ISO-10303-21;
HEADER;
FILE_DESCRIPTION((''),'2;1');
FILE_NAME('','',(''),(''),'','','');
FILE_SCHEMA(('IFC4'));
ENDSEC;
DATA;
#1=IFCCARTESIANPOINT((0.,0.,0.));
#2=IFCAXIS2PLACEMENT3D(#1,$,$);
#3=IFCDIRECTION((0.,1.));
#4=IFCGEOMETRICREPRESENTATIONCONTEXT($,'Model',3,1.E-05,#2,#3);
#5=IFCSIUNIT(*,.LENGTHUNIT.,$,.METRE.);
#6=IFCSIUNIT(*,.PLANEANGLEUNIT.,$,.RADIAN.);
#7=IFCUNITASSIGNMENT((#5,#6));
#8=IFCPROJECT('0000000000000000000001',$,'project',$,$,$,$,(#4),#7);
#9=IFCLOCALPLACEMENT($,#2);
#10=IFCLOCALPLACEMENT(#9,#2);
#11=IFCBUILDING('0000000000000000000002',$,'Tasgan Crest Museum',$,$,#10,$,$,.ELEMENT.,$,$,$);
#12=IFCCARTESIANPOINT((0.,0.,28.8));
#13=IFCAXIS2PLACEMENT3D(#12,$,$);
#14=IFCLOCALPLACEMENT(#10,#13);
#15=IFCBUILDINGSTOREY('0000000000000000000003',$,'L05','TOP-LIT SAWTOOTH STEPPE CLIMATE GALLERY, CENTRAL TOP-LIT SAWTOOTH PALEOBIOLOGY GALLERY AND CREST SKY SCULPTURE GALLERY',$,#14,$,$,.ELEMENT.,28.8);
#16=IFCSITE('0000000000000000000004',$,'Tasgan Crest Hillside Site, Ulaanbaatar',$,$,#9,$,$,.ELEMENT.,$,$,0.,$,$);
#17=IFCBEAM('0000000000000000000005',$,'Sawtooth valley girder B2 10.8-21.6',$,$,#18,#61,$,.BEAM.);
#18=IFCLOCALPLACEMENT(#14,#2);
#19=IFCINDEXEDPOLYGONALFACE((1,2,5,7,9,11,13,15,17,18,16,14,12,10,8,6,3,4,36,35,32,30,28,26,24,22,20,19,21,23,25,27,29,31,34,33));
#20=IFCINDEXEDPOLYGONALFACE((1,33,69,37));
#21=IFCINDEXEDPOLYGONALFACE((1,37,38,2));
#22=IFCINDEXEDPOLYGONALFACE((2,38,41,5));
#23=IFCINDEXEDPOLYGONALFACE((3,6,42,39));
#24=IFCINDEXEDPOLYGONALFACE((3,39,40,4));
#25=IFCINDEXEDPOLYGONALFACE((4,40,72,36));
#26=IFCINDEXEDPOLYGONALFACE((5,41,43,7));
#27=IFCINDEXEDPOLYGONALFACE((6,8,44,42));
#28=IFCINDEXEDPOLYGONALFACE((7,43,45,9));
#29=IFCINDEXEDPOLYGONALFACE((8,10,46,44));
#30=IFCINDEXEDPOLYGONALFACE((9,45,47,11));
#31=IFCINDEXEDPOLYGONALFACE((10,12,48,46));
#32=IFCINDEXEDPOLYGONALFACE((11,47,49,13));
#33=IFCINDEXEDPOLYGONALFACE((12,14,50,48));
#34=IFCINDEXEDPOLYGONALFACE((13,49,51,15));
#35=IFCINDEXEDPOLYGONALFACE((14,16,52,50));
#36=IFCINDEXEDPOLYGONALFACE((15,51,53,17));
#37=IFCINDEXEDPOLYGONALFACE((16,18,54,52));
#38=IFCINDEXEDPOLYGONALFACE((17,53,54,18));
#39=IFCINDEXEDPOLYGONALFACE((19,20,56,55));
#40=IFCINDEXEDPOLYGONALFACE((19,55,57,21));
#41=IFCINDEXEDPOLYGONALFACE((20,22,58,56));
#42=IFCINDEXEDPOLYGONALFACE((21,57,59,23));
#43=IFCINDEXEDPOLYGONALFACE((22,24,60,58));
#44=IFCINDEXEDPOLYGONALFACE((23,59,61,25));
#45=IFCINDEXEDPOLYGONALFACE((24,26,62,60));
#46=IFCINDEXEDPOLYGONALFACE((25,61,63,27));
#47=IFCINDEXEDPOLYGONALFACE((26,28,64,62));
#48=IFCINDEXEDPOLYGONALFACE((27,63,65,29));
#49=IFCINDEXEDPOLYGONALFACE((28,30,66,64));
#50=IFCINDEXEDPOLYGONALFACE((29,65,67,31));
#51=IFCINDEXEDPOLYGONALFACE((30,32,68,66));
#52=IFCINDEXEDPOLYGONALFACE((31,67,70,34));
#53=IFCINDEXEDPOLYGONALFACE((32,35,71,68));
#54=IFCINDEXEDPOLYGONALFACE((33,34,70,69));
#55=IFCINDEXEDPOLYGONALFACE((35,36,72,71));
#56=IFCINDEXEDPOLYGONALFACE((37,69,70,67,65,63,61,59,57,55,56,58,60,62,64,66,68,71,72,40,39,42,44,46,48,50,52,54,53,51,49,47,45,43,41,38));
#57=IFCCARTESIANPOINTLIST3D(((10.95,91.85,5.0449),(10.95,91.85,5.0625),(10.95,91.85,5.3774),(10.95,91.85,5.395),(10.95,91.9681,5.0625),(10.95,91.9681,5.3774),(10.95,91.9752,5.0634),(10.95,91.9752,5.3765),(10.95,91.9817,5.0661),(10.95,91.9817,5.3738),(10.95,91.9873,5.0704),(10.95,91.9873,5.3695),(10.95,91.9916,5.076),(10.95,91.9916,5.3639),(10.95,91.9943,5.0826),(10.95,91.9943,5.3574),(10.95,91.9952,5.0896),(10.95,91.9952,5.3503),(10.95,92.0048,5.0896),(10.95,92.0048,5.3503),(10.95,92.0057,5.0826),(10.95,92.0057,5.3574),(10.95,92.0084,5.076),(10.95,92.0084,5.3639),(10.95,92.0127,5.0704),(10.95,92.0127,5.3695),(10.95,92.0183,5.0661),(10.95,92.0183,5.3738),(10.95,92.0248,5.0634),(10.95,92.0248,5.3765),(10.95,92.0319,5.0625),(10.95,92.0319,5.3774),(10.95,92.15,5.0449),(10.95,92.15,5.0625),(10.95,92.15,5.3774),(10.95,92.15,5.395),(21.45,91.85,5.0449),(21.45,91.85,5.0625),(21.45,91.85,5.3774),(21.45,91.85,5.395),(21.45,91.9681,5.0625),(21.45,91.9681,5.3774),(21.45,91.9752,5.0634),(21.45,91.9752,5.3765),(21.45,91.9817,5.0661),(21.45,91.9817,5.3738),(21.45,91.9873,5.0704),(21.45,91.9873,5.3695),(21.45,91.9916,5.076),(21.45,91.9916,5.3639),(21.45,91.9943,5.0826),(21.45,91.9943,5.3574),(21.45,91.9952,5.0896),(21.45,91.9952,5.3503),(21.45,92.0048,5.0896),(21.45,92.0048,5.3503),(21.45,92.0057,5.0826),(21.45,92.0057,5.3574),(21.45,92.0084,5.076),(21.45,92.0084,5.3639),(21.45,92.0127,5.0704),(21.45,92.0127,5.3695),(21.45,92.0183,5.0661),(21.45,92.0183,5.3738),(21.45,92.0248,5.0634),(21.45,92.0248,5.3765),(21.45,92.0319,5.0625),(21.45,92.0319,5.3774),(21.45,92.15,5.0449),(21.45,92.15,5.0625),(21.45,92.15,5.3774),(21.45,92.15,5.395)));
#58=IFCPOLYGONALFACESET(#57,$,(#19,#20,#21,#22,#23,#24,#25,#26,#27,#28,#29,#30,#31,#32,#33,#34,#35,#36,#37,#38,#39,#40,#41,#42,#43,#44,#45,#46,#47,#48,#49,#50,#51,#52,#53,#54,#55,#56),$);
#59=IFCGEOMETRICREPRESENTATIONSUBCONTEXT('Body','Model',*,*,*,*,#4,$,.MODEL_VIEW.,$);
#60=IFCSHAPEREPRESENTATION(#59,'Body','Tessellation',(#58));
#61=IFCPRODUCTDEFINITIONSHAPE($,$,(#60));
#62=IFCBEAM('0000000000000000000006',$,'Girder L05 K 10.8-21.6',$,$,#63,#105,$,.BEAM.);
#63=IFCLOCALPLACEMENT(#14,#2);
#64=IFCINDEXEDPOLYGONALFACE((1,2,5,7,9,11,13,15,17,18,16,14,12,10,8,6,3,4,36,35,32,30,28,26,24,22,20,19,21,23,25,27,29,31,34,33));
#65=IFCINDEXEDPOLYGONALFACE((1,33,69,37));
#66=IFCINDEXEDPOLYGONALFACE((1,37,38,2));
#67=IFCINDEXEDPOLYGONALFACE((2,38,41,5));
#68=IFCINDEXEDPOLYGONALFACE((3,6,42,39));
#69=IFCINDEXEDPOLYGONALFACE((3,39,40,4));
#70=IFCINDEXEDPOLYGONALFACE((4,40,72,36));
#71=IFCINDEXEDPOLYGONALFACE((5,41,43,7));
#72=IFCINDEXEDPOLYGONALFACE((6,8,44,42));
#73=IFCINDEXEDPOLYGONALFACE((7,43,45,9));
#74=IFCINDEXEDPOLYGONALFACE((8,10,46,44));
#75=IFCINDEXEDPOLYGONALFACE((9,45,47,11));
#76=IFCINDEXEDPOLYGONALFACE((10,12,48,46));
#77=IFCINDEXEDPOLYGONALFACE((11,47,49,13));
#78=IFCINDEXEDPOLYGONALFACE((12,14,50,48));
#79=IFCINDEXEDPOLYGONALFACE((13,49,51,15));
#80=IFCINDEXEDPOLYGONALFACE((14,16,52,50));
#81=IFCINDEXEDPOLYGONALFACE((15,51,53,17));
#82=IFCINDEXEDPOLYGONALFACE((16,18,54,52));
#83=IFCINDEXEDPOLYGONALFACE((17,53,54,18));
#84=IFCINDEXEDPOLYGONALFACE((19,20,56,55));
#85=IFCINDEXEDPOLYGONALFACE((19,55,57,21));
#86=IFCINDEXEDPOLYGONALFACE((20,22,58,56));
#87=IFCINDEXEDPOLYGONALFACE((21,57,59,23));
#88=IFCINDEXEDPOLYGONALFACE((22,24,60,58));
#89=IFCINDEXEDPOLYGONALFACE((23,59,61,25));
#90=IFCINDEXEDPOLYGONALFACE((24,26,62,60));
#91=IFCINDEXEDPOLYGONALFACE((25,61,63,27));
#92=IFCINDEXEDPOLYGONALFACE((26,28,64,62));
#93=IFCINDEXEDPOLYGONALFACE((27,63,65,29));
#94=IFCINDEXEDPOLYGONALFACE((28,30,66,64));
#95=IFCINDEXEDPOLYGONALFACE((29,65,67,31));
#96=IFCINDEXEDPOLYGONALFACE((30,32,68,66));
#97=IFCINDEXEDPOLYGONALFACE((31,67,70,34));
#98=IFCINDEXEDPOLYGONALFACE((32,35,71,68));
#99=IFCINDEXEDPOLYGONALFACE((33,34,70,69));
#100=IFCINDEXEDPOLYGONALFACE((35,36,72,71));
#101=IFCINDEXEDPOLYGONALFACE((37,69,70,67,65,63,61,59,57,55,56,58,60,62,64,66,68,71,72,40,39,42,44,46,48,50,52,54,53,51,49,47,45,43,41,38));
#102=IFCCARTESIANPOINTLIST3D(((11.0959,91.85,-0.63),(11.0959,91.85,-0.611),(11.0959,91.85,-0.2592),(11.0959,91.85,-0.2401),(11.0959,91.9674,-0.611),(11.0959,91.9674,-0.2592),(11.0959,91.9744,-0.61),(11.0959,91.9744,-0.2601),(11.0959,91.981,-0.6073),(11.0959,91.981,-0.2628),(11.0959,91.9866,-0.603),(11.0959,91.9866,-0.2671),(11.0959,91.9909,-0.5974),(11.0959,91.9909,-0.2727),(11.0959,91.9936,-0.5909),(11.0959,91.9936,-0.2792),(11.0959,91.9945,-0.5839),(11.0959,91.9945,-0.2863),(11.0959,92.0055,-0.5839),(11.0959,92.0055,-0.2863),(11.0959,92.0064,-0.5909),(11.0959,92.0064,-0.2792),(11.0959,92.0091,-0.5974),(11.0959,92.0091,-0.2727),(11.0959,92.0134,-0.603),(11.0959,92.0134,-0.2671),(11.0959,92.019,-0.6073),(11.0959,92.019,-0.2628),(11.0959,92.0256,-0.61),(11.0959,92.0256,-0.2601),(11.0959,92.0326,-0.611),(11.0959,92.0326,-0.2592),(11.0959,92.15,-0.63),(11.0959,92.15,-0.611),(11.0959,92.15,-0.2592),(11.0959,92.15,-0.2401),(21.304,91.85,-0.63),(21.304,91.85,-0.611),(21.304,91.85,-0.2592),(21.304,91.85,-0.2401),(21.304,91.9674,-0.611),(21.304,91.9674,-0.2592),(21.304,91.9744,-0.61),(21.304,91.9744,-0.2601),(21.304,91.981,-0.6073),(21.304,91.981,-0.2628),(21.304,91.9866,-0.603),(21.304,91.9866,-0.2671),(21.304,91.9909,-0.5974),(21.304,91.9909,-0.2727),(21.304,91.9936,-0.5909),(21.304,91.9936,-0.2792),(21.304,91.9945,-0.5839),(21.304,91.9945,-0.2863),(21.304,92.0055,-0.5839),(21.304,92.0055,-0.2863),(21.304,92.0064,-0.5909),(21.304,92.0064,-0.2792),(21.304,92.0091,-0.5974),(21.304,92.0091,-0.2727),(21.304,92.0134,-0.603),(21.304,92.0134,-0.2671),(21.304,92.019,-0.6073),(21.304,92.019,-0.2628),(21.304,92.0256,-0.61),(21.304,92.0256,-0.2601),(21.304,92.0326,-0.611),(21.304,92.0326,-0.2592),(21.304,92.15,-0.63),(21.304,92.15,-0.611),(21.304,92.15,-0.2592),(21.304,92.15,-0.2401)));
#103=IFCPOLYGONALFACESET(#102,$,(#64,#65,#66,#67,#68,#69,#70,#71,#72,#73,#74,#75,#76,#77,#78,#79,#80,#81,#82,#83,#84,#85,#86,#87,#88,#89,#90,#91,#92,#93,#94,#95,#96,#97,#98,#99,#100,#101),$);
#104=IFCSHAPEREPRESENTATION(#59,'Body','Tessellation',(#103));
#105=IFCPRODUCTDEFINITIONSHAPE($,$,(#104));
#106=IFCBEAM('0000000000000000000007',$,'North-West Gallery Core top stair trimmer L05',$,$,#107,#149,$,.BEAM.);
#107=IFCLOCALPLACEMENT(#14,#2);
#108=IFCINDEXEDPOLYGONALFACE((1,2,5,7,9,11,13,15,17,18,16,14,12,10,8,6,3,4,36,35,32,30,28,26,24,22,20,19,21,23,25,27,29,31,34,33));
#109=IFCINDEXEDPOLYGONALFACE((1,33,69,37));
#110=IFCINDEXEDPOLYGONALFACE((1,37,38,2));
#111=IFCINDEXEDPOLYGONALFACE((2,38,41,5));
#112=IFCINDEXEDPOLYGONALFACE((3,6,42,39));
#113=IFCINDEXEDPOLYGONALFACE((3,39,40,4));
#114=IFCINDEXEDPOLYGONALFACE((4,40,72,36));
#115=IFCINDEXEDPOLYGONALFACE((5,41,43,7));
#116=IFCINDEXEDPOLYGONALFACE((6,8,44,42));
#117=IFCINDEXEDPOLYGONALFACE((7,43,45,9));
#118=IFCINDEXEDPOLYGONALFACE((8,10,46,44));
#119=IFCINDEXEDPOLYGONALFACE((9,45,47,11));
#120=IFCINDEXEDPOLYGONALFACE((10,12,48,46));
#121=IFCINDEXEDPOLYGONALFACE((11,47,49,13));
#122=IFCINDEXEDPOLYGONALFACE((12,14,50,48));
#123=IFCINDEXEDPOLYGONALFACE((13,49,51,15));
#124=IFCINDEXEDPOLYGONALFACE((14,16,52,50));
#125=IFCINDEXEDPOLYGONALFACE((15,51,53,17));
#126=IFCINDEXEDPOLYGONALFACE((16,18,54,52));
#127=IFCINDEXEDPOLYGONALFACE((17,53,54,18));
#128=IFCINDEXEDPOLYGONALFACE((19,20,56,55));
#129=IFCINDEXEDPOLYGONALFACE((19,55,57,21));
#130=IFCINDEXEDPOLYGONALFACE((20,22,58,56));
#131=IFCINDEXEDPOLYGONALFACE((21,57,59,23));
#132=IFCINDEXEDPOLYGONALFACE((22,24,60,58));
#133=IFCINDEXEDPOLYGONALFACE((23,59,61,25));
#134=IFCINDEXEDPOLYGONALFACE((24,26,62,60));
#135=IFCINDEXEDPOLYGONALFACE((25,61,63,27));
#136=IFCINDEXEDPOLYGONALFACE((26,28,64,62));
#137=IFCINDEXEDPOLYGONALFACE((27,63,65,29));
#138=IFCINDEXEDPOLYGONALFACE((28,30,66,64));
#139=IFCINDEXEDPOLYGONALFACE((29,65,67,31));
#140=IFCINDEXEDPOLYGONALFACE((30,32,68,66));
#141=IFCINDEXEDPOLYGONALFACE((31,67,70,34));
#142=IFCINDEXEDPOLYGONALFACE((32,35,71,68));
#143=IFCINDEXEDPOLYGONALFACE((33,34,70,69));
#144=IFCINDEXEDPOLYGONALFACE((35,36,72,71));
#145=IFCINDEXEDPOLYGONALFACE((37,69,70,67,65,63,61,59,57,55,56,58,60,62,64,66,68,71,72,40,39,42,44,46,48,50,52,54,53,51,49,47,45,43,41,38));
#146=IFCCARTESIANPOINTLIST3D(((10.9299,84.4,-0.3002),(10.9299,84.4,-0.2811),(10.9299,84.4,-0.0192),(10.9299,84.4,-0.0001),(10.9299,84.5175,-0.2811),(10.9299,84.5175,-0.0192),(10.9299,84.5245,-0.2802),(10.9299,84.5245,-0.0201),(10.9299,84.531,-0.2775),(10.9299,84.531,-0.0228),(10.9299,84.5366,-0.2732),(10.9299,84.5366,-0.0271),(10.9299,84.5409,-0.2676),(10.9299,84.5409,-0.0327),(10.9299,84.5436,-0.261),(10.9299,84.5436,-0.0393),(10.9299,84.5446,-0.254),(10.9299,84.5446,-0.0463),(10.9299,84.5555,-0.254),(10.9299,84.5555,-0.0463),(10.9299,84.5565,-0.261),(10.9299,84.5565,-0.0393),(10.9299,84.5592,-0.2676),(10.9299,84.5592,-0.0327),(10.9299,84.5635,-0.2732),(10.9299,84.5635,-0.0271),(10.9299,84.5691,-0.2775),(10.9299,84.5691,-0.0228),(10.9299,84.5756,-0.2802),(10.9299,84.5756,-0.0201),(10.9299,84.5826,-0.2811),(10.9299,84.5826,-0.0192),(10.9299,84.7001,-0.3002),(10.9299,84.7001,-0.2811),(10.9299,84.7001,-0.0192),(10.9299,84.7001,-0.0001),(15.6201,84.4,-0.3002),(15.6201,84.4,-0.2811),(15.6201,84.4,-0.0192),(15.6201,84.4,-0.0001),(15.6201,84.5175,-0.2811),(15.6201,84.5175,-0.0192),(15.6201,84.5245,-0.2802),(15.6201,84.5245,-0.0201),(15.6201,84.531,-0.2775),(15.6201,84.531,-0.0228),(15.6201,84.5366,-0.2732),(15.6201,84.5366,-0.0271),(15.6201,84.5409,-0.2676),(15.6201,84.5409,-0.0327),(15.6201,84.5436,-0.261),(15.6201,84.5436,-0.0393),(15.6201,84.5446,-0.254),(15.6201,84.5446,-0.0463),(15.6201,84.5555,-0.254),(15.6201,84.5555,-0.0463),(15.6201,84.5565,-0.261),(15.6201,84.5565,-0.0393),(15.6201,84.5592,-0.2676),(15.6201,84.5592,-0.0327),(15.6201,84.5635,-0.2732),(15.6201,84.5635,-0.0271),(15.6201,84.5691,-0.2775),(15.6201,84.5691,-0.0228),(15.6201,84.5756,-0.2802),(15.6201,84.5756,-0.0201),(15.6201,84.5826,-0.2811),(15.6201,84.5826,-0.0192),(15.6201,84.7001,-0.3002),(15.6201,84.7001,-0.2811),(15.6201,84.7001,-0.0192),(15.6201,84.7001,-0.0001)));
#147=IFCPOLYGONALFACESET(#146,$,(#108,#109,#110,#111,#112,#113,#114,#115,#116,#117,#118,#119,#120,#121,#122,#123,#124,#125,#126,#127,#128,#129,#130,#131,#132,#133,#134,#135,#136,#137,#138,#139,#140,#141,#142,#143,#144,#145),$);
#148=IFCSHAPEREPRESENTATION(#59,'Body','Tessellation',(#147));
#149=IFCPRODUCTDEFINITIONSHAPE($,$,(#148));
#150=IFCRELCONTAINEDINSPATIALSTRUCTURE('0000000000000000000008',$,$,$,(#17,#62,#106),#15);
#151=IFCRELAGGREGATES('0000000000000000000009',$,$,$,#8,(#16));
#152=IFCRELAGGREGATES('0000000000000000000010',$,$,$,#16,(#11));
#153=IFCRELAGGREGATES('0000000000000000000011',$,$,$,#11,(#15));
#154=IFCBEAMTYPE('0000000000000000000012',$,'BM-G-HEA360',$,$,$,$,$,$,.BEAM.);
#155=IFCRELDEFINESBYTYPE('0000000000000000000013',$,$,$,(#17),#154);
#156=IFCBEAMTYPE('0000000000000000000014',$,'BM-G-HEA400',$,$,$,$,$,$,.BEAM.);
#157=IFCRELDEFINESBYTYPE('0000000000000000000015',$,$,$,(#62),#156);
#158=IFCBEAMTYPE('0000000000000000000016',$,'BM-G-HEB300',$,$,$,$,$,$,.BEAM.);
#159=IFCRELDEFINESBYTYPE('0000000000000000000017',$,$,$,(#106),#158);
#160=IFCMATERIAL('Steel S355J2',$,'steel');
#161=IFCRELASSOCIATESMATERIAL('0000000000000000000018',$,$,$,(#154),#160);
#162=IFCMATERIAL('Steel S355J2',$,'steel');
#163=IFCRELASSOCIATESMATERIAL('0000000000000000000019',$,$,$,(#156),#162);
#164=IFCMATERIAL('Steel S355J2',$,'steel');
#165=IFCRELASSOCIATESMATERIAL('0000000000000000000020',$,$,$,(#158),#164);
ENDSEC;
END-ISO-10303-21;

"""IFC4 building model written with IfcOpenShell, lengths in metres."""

from ifc_helpers import new_model, si_unit, direction, frame, origin, origin_2d, place, context, subcontext, project, spatial, i_section, extrude, material, material_profile, profile_set, type_object, element, save


model = new_model("IFC4")

# Units and contexts
model_context = context("Model", 3, precision=1e-05, world=origin(), true_north=direction((0.0, 1.0)))
body_context = subcontext(model_context, "Body", "Model", "MODEL_VIEW")
ifc_project = project(units=[si_unit("LENGTHUNIT", "METRE"), si_unit("PLANEANGLEUNIT", "RADIAN")], contexts=[model_context])

# Site, building, storey
site_placement = place(None, origin())
site = spatial("IfcSite", under=ifc_project, at=site_placement, Name="Tasgan Crest Hillside Site, Ulaanbaatar", CompositionType="ELEMENT", RefElevation=0.0)
building_placement = place(site_placement, origin())
building = spatial("IfcBuilding", under=site, at=building_placement, Name="Tasgan Crest Museum", CompositionType="ELEMENT")
storey_placement = place(building_placement, frame((0.0, 0.0, 28.8)))
storey = spatial("IfcBuildingStorey", under=building, at=storey_placement, Name="L05", Description="TOP-LIT SAWTOOTH STEPPE CLIMATE GALLERY, CENTRAL TOP-LIT SAWTOOTH PALEOBIOLOGY GALLERY AND CREST SKY SCULPTURE GALLERY", CompositionType="ELEMENT", Elevation=28.8)

# Beams
ifc_material_1 = material(Name="Steel S355J2", Category="steel")
ifc_material_profile_1 = material_profile(ifc_material_1, i_section(OverallWidth=0.3, OverallDepth=0.3501, WebThickness=0.0095, FlangeThickness=0.0176, FilletRadius=0.0271, at=origin_2d()), Name="HEA 360")
ifc_profile_set_1 = profile_set([ifc_material_profile_1], Name="Steel S355J2")
beam_type_1 = type_object("IfcBeamType", Name="BM-G-HEA360", PredefinedType="BEAM", material=ifc_profile_set_1)
beam_1_placement = place(storey_placement, frame((10.95, 92.0, 5.22), z_axis=(1.0, 0.0, 0.0), x_axis=(0.0, 1.0, 0.0)))
element("IfcBeam", 1, at=beam_1_placement, inside=storey, type_object=beam_type_1, Name="Sawtooth valley girder B2 10.8-21.6", PredefinedType="BEAM", context=body_context, shape_type="SweptSolid", body=[
    extrude(i_section(OverallWidth=0.3, OverallDepth=0.3501, WebThickness=0.0095, FlangeThickness=0.0176, FilletRadius=0.0271, at=origin_2d()), origin(), (0.0, 0.0, 1.0), 10.5),
])
ifc_material_2 = material(Name="Steel S355J2", Category="steel")
ifc_material_profile_2 = material_profile(ifc_material_2, i_section(OverallWidth=0.3, OverallDepth=0.3899, WebThickness=0.011, FlangeThickness=0.019, FilletRadius=0.0271, at=origin_2d()), Name="HEA 400")
ifc_profile_set_2 = profile_set([ifc_material_profile_2], Name="Steel S355J2")
beam_type_2 = type_object("IfcBeamType", Name="BM-G-HEA400", PredefinedType="BEAM", material=ifc_profile_set_2)
beam_2_placement = place(storey_placement, frame((11.0959, 92.0, -0.4351), z_axis=(1.0, 0.0, 0.0), x_axis=(0.0, 1.0, 0.0)))
element("IfcBeam", 2, at=beam_2_placement, inside=storey, type_object=beam_type_2, Name="Girder L05 K 10.8-21.6", PredefinedType="BEAM", context=body_context, shape_type="SweptSolid", body=[
    extrude(i_section(OverallWidth=0.3, OverallDepth=0.3899, WebThickness=0.011, FlangeThickness=0.019, FilletRadius=0.0271, at=origin_2d()), origin(), (0.0, 0.0, 1.0), 10.208),
])
ifc_material_3 = material(Name="Steel S355J2", Category="steel")
ifc_material_profile_3 = material_profile(ifc_material_3, i_section(OverallWidth=0.3, OverallDepth=0.3, WebThickness=0.011, FlangeThickness=0.019, FilletRadius=0.0271, at=origin_2d()), Name="HEB 300")
ifc_profile_set_3 = profile_set([ifc_material_profile_3], Name="Steel S355J2")
beam_type_3 = type_object("IfcBeamType", Name="BM-G-HEB300", PredefinedType="BEAM", material=ifc_profile_set_3)
beam_3_placement = place(storey_placement, frame((10.9299, 84.55, -0.1501), z_axis=(1.0, 0.0, 0.0), x_axis=(0.0, 1.0, 0.0)))
element("IfcBeam", 3, at=beam_3_placement, inside=storey, type_object=beam_type_3, Name="North-West Gallery Core top stair trimmer L05", PredefinedType="BEAM", context=body_context, shape_type="SweptSolid", body=[
    extrude(i_section(OverallWidth=0.3, OverallDepth=0.3, WebThickness=0.011, FlangeThickness=0.019, FilletRadius=0.0271, at=origin_2d()), origin(), (0.0, 0.0, 1.0), 4.6902),
])

save(model, "model.ifc")
